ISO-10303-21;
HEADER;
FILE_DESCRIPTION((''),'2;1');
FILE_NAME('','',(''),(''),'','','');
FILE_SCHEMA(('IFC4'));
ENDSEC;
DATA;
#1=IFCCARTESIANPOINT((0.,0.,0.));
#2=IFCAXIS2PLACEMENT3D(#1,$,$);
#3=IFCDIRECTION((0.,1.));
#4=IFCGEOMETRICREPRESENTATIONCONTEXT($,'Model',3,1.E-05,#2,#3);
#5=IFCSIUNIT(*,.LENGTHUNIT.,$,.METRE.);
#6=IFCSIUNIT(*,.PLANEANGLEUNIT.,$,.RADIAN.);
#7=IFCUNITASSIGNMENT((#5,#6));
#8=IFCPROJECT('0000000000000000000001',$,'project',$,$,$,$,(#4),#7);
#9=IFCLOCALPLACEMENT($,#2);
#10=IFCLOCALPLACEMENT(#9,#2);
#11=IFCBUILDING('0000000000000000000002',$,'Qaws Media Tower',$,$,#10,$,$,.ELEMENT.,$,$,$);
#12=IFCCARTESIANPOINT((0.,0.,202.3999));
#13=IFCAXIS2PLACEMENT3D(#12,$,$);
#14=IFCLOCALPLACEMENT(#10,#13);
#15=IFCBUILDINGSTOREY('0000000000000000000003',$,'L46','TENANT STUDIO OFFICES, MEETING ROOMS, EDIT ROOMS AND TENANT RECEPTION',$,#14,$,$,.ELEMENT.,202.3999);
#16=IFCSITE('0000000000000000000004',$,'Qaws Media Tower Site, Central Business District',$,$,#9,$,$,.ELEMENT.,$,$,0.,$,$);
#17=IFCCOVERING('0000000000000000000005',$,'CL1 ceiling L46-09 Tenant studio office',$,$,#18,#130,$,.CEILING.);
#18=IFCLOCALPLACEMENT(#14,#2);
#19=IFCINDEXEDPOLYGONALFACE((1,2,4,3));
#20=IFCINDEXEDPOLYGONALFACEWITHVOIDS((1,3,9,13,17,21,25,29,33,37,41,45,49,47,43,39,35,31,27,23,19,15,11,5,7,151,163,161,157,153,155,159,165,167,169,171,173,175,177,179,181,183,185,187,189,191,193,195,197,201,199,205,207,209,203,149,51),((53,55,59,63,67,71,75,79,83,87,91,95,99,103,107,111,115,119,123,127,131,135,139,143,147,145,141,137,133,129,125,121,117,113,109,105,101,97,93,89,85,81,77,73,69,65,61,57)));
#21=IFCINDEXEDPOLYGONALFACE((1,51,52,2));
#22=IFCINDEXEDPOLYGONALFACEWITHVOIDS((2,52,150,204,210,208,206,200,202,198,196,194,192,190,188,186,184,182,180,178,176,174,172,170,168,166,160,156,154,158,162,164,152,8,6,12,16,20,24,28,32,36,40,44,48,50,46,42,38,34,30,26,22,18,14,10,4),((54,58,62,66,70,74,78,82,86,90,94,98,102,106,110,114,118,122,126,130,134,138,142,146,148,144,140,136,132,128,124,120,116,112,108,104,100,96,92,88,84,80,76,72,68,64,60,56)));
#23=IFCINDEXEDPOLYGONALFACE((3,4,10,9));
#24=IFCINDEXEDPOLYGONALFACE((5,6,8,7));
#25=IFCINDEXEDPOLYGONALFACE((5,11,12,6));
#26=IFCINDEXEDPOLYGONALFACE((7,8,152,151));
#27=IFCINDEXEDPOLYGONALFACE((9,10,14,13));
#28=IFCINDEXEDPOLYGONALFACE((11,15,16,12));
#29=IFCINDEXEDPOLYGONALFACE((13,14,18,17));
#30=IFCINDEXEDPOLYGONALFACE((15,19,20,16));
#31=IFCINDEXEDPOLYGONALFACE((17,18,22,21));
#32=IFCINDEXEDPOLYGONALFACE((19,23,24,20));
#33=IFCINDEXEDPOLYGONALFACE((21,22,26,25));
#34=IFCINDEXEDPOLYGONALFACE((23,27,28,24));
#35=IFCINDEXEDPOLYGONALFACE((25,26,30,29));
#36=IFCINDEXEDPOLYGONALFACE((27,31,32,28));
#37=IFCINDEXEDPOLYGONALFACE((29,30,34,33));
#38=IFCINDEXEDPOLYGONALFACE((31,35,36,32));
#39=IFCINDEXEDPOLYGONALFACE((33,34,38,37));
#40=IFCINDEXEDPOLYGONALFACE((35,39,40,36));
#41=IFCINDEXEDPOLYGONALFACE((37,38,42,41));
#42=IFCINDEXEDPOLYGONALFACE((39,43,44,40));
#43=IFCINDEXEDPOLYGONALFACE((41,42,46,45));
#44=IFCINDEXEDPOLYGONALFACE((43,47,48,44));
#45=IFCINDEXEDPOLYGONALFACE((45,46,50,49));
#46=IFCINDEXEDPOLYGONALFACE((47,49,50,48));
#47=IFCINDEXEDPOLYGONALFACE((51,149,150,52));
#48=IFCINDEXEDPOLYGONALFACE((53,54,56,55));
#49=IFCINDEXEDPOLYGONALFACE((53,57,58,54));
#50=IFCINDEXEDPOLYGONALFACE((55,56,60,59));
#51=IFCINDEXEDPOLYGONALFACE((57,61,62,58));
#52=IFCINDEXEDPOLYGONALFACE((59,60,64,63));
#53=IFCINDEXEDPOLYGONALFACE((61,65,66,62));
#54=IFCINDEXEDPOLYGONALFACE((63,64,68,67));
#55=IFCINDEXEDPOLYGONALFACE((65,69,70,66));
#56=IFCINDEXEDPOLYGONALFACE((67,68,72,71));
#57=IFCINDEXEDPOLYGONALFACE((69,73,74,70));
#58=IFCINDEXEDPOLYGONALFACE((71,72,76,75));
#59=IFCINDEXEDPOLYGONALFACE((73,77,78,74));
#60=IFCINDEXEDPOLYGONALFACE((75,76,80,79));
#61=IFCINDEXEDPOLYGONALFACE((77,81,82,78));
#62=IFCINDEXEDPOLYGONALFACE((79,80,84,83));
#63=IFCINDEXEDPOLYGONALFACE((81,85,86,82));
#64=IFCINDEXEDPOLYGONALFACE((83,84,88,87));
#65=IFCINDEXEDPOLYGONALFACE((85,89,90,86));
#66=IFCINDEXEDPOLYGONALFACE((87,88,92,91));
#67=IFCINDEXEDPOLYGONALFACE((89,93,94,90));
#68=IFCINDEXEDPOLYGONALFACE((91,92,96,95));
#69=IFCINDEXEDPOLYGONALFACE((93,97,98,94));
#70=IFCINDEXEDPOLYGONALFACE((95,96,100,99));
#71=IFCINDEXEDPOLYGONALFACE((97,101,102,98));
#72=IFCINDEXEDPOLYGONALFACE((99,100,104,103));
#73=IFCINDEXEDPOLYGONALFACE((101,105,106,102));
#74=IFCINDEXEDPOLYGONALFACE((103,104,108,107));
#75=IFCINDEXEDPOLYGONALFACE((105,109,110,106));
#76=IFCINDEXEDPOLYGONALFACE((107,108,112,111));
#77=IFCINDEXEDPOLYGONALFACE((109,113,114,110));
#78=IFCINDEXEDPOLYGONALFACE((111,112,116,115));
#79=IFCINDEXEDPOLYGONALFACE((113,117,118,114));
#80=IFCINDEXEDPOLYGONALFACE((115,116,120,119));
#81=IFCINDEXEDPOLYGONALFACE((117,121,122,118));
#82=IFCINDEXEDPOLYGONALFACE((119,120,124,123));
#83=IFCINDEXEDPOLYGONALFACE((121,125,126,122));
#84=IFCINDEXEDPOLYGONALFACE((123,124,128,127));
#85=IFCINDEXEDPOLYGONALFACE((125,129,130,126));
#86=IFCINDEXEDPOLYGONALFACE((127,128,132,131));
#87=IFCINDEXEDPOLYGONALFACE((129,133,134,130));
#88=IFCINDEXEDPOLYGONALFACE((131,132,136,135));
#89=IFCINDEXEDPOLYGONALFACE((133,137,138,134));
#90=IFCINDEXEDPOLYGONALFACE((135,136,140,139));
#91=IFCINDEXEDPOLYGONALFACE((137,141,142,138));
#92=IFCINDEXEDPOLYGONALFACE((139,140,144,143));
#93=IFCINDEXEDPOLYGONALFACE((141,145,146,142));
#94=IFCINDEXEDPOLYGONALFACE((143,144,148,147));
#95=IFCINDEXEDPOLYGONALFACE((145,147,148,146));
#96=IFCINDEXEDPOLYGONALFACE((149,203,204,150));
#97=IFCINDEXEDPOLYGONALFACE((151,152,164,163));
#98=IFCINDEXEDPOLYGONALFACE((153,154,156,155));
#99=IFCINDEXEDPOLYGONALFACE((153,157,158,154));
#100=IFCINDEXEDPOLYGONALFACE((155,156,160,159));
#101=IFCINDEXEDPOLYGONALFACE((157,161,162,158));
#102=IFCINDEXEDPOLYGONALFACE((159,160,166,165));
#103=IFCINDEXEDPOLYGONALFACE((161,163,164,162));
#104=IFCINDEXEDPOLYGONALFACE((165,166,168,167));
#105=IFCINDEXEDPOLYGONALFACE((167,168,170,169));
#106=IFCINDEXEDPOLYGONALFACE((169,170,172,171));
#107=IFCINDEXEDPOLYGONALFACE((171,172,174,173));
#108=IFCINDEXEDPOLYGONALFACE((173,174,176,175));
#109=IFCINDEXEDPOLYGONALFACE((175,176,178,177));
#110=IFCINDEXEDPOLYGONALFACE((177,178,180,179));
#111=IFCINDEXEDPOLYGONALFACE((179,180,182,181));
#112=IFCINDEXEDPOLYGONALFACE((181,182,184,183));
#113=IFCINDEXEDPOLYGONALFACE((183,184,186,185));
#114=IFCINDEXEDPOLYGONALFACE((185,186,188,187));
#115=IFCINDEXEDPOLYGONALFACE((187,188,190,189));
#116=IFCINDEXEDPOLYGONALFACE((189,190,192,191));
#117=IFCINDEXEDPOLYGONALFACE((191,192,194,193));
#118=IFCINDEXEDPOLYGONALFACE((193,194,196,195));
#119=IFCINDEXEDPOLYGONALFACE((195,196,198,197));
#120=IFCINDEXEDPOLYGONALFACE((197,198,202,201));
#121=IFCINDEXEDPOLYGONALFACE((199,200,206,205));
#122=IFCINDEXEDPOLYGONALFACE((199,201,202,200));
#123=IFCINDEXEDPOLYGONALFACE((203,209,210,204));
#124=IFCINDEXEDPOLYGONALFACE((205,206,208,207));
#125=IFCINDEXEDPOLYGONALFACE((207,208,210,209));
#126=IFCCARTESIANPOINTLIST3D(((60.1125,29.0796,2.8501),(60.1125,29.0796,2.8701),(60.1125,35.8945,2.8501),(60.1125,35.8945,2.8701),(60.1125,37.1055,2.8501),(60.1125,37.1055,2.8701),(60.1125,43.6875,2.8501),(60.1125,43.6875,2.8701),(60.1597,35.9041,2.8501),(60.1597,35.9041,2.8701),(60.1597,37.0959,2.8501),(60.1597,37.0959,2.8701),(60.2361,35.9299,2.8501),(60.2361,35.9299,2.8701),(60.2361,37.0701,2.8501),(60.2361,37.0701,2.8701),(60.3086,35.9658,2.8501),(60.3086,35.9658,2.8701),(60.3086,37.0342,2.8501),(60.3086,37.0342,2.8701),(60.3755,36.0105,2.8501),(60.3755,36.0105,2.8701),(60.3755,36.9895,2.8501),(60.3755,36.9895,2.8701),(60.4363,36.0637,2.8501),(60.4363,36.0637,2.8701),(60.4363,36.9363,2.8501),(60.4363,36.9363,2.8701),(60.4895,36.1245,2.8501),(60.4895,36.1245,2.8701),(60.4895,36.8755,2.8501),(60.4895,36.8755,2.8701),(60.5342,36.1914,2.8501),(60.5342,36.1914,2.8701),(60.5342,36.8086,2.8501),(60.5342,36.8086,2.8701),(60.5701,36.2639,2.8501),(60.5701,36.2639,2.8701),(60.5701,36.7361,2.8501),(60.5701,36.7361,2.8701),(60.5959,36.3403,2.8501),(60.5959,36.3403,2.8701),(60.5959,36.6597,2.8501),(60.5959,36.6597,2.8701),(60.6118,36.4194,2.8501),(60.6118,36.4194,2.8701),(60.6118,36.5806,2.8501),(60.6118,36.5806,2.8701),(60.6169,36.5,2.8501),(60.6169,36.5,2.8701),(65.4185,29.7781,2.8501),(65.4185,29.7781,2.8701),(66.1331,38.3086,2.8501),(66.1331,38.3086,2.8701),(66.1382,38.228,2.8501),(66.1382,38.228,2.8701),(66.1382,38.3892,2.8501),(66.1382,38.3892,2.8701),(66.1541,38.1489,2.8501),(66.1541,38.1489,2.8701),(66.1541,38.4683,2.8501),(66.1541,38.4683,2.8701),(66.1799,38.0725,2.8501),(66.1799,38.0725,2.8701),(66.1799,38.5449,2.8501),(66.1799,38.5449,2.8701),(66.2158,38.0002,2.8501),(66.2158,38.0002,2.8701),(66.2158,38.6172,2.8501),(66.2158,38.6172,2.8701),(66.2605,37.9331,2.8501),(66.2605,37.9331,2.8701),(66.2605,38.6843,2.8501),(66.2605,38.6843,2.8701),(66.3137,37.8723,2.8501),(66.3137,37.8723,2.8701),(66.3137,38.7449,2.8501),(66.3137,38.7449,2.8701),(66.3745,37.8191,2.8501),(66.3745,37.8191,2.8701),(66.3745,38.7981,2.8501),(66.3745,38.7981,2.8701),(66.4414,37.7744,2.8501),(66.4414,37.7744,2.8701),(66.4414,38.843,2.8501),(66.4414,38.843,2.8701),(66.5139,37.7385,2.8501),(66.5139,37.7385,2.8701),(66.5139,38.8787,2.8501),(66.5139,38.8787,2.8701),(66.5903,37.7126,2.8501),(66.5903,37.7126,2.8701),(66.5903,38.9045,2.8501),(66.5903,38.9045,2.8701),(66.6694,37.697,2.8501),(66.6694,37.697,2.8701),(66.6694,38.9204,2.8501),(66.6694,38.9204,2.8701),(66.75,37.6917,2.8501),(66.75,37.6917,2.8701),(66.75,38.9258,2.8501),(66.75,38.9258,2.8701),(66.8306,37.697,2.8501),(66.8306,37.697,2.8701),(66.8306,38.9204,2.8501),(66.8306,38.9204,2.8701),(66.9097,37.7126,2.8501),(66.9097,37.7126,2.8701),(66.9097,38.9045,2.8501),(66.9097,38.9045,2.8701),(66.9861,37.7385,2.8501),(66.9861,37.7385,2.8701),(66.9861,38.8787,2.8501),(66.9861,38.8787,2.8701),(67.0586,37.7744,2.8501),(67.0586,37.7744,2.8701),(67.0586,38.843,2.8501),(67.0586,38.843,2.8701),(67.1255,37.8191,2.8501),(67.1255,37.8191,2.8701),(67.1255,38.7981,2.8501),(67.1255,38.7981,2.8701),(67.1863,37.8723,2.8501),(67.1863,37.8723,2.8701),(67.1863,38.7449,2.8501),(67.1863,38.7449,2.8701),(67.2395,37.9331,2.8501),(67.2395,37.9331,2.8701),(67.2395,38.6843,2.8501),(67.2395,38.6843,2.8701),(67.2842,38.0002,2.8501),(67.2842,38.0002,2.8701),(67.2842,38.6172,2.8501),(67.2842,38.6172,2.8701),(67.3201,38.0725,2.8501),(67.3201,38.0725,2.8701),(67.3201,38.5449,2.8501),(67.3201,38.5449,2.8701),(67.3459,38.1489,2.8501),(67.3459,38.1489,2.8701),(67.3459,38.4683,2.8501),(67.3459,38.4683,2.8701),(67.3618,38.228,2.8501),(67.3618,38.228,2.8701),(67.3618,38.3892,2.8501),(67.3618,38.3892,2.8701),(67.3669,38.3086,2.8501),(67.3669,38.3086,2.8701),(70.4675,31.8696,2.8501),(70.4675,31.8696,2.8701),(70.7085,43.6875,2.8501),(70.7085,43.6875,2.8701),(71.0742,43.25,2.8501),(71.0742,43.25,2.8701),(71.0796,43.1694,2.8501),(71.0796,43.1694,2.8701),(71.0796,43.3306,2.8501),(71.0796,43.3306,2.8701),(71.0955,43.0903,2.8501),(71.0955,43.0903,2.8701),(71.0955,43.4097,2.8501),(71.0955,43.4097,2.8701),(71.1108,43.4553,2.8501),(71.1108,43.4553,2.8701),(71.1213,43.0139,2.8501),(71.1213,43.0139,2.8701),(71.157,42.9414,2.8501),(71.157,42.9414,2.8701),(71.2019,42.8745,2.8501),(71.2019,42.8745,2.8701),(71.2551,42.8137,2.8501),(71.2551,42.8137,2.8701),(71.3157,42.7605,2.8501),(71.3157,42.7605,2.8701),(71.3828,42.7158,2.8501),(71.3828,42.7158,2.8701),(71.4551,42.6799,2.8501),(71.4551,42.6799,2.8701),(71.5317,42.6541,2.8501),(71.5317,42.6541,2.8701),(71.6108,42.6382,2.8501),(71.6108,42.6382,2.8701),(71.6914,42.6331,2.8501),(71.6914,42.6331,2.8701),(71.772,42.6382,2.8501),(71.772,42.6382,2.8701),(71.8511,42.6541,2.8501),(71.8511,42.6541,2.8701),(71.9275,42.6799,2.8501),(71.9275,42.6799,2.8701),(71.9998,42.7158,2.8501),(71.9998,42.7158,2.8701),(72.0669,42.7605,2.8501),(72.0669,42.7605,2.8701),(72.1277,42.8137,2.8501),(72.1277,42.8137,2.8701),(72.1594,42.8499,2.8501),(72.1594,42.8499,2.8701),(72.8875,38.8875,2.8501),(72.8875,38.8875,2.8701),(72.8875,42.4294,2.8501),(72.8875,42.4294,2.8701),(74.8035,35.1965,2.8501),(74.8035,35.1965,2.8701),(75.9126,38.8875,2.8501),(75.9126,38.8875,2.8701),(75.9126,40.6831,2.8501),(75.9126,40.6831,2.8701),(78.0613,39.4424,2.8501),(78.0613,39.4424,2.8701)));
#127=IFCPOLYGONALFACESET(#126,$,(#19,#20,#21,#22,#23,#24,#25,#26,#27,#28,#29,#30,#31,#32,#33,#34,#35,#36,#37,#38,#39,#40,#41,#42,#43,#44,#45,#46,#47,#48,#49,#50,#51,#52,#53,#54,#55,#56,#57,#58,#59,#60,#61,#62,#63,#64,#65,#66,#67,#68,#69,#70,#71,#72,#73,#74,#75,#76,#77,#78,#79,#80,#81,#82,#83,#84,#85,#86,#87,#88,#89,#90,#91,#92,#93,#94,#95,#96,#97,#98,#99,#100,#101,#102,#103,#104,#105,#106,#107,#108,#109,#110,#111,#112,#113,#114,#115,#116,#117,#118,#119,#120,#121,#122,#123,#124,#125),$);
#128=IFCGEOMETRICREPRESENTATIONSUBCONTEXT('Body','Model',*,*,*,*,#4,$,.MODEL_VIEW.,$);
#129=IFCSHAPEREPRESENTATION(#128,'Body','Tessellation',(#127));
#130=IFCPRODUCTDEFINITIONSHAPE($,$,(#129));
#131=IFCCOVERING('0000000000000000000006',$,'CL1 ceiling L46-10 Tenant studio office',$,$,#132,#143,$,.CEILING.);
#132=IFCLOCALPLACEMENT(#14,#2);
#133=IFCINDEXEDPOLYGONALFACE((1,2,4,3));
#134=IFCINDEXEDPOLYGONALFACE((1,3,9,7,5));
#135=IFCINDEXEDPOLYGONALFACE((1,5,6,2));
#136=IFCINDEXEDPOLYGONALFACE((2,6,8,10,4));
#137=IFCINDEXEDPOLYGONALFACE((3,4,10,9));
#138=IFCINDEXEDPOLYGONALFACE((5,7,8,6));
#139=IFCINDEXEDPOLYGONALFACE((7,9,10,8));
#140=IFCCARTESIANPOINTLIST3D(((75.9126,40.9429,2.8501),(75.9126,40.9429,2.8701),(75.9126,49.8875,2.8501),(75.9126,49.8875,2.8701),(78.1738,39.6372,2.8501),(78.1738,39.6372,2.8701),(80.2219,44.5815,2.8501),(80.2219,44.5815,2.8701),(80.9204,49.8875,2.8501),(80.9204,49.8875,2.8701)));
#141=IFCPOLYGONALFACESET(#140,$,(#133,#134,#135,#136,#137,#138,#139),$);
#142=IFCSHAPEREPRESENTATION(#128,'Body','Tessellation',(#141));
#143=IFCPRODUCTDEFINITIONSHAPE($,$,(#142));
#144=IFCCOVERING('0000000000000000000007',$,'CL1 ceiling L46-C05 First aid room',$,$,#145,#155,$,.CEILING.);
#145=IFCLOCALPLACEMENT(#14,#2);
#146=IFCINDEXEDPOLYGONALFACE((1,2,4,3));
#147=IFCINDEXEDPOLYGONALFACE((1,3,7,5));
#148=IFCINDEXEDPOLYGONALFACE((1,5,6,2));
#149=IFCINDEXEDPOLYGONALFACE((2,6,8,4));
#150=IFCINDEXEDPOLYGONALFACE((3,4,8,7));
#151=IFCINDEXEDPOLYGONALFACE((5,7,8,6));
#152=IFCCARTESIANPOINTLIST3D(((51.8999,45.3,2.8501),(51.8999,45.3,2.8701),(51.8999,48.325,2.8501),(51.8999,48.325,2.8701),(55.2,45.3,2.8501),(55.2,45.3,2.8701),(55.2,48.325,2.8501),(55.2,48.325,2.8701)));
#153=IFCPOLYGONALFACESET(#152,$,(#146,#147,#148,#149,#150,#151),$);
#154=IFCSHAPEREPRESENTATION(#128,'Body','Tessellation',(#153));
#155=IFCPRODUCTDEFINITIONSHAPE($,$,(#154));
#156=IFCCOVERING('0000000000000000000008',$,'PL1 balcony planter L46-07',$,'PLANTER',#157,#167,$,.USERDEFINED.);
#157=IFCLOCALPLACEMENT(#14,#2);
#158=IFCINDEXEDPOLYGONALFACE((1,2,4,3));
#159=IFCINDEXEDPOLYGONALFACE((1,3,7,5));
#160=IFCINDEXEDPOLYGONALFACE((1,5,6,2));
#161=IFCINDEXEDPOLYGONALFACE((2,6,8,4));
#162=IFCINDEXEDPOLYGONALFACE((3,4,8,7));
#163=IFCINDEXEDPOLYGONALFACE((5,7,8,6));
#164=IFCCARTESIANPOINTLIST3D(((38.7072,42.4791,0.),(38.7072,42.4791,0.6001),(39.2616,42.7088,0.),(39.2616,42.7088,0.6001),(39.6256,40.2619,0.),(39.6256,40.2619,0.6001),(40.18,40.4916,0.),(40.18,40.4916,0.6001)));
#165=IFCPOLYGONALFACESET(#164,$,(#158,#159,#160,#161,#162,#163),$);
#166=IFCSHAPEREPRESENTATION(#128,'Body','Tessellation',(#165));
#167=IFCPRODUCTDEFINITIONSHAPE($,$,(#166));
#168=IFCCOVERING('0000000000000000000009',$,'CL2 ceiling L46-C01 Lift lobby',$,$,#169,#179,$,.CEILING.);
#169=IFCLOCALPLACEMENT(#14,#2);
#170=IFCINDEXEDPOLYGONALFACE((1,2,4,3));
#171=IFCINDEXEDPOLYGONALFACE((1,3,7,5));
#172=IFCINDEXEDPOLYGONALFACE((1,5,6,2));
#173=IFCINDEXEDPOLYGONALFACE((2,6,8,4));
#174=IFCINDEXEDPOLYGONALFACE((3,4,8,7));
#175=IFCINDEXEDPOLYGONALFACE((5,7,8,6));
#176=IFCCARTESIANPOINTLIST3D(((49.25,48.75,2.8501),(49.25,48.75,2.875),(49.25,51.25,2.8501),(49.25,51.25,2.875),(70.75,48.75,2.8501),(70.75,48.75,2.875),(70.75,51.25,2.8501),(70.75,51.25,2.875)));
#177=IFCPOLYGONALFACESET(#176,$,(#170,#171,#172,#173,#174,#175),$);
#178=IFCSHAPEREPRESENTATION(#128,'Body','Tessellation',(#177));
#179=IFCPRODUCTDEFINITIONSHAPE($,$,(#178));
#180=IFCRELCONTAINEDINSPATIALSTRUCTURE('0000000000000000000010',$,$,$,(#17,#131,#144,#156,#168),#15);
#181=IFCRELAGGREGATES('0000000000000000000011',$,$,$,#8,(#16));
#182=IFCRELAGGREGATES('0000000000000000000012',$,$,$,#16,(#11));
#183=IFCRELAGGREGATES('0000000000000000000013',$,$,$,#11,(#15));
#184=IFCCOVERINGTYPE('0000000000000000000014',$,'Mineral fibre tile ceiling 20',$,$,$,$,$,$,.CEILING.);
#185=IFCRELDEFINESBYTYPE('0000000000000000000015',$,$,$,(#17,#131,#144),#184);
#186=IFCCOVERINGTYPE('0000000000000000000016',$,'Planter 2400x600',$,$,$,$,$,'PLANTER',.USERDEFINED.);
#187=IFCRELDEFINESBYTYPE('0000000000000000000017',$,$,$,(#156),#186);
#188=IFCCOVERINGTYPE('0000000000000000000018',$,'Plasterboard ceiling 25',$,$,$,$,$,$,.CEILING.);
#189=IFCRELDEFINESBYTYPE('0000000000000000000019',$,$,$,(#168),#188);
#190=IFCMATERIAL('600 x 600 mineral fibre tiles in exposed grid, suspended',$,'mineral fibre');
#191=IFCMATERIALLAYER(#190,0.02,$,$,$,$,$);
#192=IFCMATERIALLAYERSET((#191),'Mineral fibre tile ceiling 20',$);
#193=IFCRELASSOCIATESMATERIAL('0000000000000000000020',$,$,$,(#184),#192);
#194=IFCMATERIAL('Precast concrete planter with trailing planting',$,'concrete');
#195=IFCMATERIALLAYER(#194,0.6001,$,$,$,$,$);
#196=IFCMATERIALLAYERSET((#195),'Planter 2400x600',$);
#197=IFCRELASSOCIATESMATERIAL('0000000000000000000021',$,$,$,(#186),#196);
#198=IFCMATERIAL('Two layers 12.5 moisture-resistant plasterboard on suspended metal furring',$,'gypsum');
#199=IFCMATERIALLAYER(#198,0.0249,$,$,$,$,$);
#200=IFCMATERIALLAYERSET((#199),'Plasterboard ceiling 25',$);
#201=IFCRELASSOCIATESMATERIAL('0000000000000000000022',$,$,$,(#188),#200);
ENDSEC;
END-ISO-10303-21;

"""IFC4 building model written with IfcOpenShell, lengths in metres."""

from ifc_helpers import new_model, si_unit, direction, frame, origin, origin_2d, place, context, subcontext, project, spatial, polyline, rectangle, outline, extrude, material, layer, layer_set, type_object, element, save


model = new_model("IFC4")

# Units and contexts
model_context = context("Model", 3, precision=1e-05, world=origin(), true_north=direction((0.0, 1.0)))
body_context = subcontext(model_context, "Body", "Model", "MODEL_VIEW")
ifc_project = project(units=[si_unit("LENGTHUNIT", "METRE"), si_unit("PLANEANGLEUNIT", "RADIAN")], contexts=[model_context])

# Site, building, storey
site_placement = place(None, origin())
site = spatial("IfcSite", under=ifc_project, at=site_placement, Name="Qaws Media Tower Site, Central Business District", CompositionType="ELEMENT", RefElevation=0.0)
building_placement = place(site_placement, origin())
building = spatial("IfcBuilding", under=site, at=building_placement, Name="Qaws Media Tower", CompositionType="ELEMENT")
storey_placement = place(building_placement, frame((0.0, 0.0, 202.3999)))
storey = spatial("IfcBuildingStorey", under=building, at=storey_placement, Name="L46", Description="TENANT STUDIO OFFICES, MEETING ROOMS, EDIT ROOMS AND TENANT RECEPTION", CompositionType="ELEMENT", Elevation=202.3999)

# Coverings
ifc_material_1 = material(Name="600 x 600 mineral fibre tiles in exposed grid, suspended", Category="mineral fibre")
ifc_layer_1 = layer(ifc_material_1, 0.02)
ifc_layer_set_1 = layer_set([ifc_layer_1], Name="Mineral fibre tile ceiling 20")
covering_type_1 = type_object("IfcCoveringType", Name="Mineral fibre tile ceiling 20", PredefinedType="CEILING", material=ifc_layer_set_1)
covering_1_placement = place(storey_placement, frame((0.0, 0.0, 2.8501)))
element("IfcCovering", 1, at=covering_1_placement, inside=storey, type_object=covering_type_1, Name="CL1 ceiling L46-09 Tenant studio office", PredefinedType="CEILING", context=body_context, shape_type="SweptSolid", body=[
    extrude(outline(polyline([(72.8875, 38.8875), (75.9126, 38.8875), (75.9126, 40.6831), (78.0613, 39.4424), (74.8035, 35.1965), (70.4675, 31.8696), (65.4185, 29.7781), (60.1125, 29.0796), (60.1125, 35.8945), (60.1597, 35.9041), (60.2361, 35.9299), (60.3086, 35.9658), (60.3755, 36.0105), (60.4363, 36.0637), (60.4895, 36.1245), (60.5342, 36.1914), (60.5701, 36.2639), (60.5959, 36.3403), (60.6118, 36.4194), (60.6169, 36.5), (60.6118, 36.5806), (60.5959, 36.6597), (60.5701, 36.7361), (60.5342, 36.8086), (60.4895, 36.8755), (60.4363, 36.9363), (60.3755, 36.9895), (60.3086, 37.0342), (60.2361, 37.0701), (60.1597, 37.0959), (60.1125, 37.1055), (60.1125, 43.6875), (70.7085, 43.6875), (71.1108, 43.4553), (71.0955, 43.4097), (71.0796, 43.3306), (71.0742, 43.25), (71.0796, 43.1694), (71.0955, 43.0903), (71.1213, 43.0139), (71.157, 42.9414), (71.2019, 42.8745), (71.2551, 42.8137), (71.3157, 42.7605), (71.3828, 42.7158), (71.4551, 42.6799), (71.5317, 42.6541), (71.6108, 42.6382), (71.6914, 42.6331), (71.772, 42.6382), (71.8511, 42.6541), (71.9275, 42.6799), (71.9998, 42.7158), (72.0669, 42.7605), (72.1277, 42.8137), (72.1594, 42.8499), (72.8875, 42.4294), (72.8875, 38.8875)]), holes=[polyline([(67.3201, 38.0725), (67.3459, 38.1489), (67.3618, 38.228), (67.3669, 38.3086), (67.3618, 38.3892), (67.3459, 38.4683), (67.3201, 38.5449), (67.2842, 38.6172), (67.2395, 38.6843), (67.1863, 38.7449), (67.1255, 38.7981), (67.0586, 38.843), (66.9861, 38.8787), (66.9097, 38.9045), (66.8306, 38.9204), (66.75, 38.9258), (66.6694, 38.9204), (66.5903, 38.9045), (66.5139, 38.8787), (66.4414, 38.843), (66.3745, 38.7981), (66.3137, 38.7449), (66.2605, 38.6843), (66.2158, 38.6172), (66.1799, 38.5449), (66.1541, 38.4683), (66.1382, 38.3892), (66.1331, 38.3086), (66.1382, 38.228), (66.1541, 38.1489), (66.1799, 38.0725), (66.2158, 38.0002), (66.2605, 37.9331), (66.3137, 37.8723), (66.3745, 37.8191), (66.4414, 37.7744), (66.5139, 37.7385), (66.5903, 37.7126), (66.6694, 37.697), (66.75, 37.6917), (66.8306, 37.697), (66.9097, 37.7126), (66.9861, 37.7385), (67.0586, 37.7744), (67.1255, 37.8191), (67.1863, 37.8723), (67.2395, 37.9331), (67.2842, 38.0002), (67.3201, 38.0725)])]), origin(), (0.0, 0.0, 1.0), 0.02),
])
covering_2_placement = place(storey_placement, frame((0.0, 0.0, 2.8501)))
element("IfcCovering", 2, at=covering_2_placement, inside=storey, type_object=covering_type_1, Name="CL1 ceiling L46-10 Tenant studio office", PredefinedType="CEILING", context=body_context, shape_type="SweptSolid", body=[
    extrude(outline(polyline([(80.2219, 44.5815), (78.1738, 39.6372), (75.9126, 40.9429), (75.9126, 49.8875), (80.9204, 49.8875), (80.2219, 44.5815)])), origin(), (0.0, 0.0, 1.0), 0.02),
])
covering_3_placement = place(storey_placement, frame((0.0, 0.0, 2.8501)))
element("IfcCovering", 3, at=covering_3_placement, inside=storey, type_object=covering_type_1, Name="CL1 ceiling L46-C05 First aid room", PredefinedType="CEILING", context=body_context, shape_type="SweptSolid", body=[
    extrude(outline(polyline([(51.8999, 45.3), (51.8999, 48.325), (55.2, 48.325), (55.2, 45.3), (51.8999, 45.3)])), origin(), (0.0, 0.0, 1.0), 0.02),
])
ifc_material_2 = material(Name="Precast concrete planter with trailing planting", Category="concrete")
ifc_layer_2 = layer(ifc_material_2, 0.6001)
ifc_layer_set_2 = layer_set([ifc_layer_2], Name="Planter 2400x600")
covering_type_2 = type_object("IfcCoveringType", Name="Planter 2400x600", ElementType="PLANTER", PredefinedType="USERDEFINED", material=ifc_layer_set_2)
covering_4_placement = place(storey_placement, frame((39.4436, 41.4854, 0.0), z_axis=(0.0, 0.0, 1.0), x_axis=(0.382683, -0.92388, 0.0)))
element("IfcCovering", 4, at=covering_4_placement, inside=storey, type_object=covering_type_2, Name="PL1 balcony planter L46-07", ObjectType="PLANTER", PredefinedType="USERDEFINED", context=body_context, shape_type="SweptSolid", body=[
    extrude(rectangle(XDim=2.3999, YDim=0.6001, at=origin_2d()), origin(), (0.0, 0.0, 1.0), 0.6001),
])
ifc_material_3 = material(Name="Two layers 12.5 moisture-resistant plasterboard on suspended metal furring", Category="gypsum")
ifc_layer_3 = layer(ifc_material_3, 0.0249)
ifc_layer_set_3 = layer_set([ifc_layer_3], Name="Plasterboard ceiling 25")
covering_type_3 = type_object("IfcCoveringType", Name="Plasterboard ceiling 25", PredefinedType="CEILING", material=ifc_layer_set_3)
covering_5_placement = place(storey_placement, frame((0.0, 0.0, 2.8501)))
element("IfcCovering", 5, at=covering_5_placement, inside=storey, type_object=covering_type_3, Name="CL2 ceiling L46-C01 Lift lobby", PredefinedType="CEILING", context=body_context, shape_type="SweptSolid", body=[
    extrude(outline(polyline([(49.25, 48.75), (49.25, 51.25), (70.75, 51.25), (70.75, 48.75), (49.25, 48.75)])), origin(), (0.0, 0.0, 1.0), 0.0249),
])

save(model, "model.ifc")
